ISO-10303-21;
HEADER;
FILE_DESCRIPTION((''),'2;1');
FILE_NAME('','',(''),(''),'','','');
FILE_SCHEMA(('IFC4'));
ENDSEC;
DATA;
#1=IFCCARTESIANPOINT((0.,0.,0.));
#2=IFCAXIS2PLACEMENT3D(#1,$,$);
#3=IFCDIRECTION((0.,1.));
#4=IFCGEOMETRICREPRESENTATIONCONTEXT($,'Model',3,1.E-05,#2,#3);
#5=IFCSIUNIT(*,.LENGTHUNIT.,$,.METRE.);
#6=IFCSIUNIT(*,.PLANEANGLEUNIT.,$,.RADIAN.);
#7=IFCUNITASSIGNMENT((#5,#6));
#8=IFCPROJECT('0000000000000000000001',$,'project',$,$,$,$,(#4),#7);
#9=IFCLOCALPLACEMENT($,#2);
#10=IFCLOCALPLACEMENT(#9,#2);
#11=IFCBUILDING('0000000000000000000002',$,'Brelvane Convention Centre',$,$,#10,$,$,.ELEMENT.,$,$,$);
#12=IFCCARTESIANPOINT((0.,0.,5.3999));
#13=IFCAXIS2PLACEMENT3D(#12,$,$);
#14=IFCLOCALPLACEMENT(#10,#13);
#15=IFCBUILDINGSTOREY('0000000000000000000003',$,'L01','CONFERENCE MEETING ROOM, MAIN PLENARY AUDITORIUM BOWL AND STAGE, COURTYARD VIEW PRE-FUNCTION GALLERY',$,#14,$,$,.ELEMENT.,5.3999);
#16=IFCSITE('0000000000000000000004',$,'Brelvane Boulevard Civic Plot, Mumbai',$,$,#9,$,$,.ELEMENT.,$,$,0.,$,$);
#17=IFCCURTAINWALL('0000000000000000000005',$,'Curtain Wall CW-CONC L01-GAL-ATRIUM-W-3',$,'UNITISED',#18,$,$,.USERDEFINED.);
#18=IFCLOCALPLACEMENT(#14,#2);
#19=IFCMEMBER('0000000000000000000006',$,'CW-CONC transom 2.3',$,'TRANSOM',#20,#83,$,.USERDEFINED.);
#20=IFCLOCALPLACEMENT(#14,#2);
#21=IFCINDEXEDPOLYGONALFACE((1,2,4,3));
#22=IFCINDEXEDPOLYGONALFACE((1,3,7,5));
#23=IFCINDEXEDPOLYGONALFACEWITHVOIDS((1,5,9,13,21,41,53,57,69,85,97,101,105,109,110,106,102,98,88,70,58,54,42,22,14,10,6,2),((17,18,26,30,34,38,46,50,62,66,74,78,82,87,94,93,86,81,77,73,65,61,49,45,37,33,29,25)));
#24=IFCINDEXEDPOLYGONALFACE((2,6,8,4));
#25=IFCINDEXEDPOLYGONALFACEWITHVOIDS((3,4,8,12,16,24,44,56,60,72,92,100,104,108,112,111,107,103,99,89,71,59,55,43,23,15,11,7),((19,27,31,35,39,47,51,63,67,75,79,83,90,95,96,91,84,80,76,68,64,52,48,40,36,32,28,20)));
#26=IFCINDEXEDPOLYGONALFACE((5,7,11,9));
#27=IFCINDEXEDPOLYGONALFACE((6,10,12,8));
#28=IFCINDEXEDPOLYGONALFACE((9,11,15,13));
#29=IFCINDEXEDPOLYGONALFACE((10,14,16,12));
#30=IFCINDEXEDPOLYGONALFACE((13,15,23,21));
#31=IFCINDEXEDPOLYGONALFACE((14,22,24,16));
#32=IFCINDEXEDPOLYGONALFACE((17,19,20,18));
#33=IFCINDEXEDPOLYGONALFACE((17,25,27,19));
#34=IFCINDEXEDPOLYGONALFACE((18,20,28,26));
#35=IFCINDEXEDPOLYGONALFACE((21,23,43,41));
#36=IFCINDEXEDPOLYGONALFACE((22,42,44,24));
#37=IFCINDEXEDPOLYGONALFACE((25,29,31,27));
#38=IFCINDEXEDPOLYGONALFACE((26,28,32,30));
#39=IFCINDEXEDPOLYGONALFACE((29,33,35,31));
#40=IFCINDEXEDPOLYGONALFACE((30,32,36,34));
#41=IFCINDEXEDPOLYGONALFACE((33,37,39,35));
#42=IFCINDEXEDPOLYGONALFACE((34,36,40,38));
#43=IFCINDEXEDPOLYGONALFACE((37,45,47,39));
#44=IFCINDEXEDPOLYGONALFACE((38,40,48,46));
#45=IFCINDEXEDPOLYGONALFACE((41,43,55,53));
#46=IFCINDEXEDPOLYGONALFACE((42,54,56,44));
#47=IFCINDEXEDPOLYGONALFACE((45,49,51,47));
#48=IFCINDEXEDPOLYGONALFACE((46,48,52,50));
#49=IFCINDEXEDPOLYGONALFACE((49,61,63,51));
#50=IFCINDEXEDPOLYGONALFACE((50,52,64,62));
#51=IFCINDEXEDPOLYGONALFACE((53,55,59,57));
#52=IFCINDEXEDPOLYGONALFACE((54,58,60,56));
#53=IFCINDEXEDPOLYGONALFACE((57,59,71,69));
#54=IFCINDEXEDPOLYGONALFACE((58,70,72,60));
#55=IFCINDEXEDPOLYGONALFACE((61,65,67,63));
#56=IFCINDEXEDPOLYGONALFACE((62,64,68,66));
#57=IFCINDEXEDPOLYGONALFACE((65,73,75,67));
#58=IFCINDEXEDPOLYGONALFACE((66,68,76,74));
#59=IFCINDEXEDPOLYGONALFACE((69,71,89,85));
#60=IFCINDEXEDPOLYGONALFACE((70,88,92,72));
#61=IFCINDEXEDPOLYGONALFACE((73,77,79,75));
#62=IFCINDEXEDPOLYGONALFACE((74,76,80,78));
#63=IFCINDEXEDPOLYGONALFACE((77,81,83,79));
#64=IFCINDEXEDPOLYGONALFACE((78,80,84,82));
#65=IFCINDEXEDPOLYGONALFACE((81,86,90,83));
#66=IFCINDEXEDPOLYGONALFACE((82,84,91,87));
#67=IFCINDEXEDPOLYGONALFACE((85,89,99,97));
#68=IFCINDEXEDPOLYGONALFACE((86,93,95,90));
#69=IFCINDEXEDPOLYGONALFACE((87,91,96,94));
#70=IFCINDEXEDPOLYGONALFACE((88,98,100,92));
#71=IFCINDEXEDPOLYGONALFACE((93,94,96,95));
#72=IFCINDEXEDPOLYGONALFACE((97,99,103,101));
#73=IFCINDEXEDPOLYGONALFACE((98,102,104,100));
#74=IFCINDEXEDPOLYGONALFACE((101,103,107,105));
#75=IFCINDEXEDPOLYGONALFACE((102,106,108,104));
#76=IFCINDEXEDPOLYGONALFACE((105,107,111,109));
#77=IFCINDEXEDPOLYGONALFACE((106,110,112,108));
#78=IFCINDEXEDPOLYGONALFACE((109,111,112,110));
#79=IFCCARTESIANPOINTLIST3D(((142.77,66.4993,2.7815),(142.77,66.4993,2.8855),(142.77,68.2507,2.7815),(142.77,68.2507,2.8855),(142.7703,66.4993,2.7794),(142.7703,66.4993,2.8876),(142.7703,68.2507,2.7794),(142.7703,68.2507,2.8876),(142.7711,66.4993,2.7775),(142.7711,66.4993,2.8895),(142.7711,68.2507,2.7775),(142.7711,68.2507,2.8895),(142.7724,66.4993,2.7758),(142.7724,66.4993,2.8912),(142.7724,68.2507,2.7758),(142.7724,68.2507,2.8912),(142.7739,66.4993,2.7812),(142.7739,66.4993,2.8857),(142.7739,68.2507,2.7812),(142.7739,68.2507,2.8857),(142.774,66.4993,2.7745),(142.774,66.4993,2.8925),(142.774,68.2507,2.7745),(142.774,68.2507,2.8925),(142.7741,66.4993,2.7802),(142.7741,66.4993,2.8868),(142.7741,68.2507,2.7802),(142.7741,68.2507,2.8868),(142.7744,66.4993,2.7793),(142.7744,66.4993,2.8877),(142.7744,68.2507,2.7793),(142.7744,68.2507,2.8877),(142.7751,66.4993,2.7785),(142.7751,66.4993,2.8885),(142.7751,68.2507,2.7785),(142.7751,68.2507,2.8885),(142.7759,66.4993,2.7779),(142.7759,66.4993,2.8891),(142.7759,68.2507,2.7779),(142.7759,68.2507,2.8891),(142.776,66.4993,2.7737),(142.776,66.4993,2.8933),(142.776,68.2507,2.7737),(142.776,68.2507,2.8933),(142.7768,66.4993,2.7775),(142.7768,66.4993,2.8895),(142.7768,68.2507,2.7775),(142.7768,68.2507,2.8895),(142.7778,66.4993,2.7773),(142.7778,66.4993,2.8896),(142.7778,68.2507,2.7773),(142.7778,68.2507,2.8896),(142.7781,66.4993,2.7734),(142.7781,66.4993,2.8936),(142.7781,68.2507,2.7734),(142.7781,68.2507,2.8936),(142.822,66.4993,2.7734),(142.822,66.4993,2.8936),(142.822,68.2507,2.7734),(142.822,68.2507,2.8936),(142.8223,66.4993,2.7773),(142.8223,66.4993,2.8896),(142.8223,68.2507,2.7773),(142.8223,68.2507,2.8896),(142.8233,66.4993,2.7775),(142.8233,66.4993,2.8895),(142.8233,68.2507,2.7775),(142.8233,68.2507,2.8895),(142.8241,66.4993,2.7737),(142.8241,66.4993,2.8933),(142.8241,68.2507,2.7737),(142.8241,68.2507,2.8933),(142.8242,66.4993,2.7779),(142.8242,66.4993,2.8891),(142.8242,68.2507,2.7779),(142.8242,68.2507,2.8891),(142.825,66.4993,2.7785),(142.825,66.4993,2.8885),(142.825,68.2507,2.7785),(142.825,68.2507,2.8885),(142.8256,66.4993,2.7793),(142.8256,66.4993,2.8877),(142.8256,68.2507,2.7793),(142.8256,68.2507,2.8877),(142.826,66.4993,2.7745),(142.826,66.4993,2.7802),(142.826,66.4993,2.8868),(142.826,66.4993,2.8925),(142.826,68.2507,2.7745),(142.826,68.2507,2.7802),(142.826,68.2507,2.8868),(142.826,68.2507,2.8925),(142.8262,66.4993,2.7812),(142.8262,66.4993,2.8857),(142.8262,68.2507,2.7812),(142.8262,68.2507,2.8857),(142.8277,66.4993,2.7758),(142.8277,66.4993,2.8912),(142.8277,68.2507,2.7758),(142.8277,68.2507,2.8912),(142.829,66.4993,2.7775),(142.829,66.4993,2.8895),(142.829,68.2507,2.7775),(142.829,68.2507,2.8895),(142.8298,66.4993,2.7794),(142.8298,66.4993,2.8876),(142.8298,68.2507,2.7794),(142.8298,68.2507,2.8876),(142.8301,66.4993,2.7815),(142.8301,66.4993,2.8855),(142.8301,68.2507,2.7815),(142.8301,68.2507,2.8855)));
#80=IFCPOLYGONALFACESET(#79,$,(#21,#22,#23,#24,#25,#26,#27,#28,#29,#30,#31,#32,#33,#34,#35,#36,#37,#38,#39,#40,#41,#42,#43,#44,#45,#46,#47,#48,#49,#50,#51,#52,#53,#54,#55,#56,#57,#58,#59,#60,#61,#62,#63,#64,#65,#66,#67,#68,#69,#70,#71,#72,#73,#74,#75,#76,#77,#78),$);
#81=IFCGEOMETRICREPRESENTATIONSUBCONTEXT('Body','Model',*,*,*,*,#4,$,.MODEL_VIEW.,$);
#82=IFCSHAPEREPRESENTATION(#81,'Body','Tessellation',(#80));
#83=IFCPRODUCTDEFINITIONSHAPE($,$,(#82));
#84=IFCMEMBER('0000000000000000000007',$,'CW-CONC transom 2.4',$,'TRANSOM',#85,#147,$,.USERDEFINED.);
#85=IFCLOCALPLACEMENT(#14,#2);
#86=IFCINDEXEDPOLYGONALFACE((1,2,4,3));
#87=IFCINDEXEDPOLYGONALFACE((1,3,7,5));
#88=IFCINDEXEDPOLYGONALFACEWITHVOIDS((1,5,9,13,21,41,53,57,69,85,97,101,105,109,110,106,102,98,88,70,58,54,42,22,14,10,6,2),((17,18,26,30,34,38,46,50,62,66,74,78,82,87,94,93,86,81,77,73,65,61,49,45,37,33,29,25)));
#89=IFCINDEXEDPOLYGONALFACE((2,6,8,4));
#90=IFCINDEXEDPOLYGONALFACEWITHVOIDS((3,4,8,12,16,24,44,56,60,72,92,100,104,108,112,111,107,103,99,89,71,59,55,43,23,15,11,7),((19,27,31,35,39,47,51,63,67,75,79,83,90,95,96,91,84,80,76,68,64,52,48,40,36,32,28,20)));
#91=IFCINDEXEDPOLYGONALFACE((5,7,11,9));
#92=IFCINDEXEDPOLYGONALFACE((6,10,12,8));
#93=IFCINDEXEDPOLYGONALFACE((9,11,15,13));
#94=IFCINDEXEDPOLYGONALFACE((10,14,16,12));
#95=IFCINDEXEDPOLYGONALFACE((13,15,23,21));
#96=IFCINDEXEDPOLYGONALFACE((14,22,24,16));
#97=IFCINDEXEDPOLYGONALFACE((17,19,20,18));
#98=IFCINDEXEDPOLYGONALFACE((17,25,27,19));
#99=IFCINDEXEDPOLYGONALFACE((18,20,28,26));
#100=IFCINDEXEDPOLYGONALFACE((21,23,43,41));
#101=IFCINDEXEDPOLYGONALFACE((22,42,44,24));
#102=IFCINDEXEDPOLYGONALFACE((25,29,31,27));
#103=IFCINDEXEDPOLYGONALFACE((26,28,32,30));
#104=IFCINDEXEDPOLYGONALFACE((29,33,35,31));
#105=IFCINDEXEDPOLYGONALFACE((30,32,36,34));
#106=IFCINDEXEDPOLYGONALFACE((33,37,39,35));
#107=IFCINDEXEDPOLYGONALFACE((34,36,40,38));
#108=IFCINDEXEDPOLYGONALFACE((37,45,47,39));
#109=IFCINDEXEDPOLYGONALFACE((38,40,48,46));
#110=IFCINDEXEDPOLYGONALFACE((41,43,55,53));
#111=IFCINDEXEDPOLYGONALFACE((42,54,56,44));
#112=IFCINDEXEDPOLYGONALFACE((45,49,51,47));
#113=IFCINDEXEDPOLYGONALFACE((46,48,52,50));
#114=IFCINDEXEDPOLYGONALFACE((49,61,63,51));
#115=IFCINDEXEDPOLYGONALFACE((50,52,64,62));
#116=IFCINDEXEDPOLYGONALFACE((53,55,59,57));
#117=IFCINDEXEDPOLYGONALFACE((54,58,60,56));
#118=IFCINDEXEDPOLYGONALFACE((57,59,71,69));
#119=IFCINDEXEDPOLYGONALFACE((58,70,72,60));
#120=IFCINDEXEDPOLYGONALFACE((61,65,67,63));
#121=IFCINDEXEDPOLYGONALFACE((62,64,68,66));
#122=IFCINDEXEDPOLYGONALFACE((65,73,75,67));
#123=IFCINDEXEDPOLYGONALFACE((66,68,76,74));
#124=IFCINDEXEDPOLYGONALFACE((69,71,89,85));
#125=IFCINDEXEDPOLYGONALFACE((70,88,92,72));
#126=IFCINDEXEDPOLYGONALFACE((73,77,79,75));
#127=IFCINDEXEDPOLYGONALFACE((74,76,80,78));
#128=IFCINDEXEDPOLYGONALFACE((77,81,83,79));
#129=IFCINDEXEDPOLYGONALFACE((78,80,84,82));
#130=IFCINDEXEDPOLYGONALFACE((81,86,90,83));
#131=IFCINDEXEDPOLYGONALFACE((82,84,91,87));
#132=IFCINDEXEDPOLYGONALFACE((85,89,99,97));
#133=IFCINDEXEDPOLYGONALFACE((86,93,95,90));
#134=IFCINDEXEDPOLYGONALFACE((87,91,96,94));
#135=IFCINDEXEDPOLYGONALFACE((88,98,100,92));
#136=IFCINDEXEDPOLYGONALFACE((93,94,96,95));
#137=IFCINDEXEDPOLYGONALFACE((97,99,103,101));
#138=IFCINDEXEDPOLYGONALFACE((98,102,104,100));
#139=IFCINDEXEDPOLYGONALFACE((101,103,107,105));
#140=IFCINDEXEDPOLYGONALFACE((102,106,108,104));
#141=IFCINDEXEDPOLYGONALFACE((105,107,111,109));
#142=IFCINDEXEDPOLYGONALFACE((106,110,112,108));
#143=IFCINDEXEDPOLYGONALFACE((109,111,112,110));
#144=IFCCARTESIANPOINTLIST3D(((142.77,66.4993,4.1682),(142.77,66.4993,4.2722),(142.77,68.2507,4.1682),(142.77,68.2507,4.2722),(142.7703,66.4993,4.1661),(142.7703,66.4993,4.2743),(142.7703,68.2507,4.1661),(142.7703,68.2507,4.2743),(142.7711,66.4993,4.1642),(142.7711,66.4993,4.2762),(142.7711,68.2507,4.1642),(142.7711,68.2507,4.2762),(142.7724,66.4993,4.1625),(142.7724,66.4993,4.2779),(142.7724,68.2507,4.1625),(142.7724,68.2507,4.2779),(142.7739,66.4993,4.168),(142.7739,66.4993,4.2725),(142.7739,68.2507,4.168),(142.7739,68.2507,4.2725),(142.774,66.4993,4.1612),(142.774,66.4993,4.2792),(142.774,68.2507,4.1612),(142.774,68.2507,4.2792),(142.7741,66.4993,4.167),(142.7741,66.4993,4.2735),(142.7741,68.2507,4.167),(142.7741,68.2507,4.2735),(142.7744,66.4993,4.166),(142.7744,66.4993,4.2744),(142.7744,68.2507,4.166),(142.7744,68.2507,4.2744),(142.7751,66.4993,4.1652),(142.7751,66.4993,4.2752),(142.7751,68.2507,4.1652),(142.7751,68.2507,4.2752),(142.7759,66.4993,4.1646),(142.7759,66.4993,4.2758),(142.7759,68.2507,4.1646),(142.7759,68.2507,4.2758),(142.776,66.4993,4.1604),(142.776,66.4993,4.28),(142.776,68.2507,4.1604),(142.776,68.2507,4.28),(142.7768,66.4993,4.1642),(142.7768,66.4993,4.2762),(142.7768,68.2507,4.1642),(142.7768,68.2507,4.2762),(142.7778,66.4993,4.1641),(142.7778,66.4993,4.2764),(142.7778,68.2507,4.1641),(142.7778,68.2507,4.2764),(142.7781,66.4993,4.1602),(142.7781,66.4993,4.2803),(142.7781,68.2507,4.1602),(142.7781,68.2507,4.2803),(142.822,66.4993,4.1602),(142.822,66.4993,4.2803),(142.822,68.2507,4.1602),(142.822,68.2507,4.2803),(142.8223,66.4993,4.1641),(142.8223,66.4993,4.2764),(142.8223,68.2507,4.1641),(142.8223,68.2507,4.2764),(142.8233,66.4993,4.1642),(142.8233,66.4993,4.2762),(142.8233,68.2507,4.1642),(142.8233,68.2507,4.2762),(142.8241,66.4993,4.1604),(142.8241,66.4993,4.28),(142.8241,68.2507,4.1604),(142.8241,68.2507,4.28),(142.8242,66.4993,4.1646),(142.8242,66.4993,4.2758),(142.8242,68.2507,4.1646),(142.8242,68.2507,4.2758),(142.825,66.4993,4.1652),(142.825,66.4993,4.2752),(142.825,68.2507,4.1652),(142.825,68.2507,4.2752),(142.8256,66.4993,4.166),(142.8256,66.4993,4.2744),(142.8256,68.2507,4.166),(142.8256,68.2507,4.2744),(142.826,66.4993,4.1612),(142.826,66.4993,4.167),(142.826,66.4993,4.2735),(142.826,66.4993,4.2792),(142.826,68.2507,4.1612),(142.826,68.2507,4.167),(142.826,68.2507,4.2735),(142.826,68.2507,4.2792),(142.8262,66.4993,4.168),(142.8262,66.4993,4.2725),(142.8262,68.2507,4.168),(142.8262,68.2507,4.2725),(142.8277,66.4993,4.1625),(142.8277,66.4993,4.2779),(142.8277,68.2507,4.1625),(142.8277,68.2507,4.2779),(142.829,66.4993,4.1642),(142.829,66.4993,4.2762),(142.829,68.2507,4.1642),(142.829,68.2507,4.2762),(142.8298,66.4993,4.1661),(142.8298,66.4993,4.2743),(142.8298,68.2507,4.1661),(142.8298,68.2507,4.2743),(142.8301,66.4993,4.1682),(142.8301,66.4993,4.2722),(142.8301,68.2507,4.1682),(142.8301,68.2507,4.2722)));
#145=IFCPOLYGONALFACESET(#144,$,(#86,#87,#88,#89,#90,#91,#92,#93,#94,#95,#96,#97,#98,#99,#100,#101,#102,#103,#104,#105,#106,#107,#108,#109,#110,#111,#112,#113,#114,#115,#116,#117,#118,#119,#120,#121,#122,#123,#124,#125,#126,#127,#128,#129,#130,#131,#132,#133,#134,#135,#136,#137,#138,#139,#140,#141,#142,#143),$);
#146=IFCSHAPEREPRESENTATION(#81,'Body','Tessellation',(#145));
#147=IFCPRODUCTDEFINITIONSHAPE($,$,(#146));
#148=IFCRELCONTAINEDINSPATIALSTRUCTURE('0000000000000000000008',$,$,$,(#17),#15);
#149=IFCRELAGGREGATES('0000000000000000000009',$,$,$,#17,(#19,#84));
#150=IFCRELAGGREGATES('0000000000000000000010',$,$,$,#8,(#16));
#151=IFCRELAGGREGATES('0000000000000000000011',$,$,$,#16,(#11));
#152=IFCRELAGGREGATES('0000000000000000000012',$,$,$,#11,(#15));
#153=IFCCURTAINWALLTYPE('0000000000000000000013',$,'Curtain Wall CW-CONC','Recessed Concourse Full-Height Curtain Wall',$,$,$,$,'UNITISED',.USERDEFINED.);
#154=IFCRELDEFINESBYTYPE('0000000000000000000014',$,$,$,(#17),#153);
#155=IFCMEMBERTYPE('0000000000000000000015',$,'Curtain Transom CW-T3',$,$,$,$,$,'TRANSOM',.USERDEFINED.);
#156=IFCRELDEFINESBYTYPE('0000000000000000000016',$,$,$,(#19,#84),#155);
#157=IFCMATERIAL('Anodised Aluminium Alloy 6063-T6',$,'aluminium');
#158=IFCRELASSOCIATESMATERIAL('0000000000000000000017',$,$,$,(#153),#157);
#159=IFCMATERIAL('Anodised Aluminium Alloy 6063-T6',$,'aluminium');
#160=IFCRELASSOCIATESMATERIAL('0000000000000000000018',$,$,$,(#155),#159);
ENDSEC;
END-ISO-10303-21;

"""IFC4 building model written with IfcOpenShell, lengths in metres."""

from ifc_helpers import new_model, si_unit, direction, frame, origin, origin_2d, place, context, subcontext, project, spatial, hollow_rectangle, extrude, material, material_profile, profile_set, type_object, element, aggregate, save


model = new_model("IFC4")

# Units and contexts
model_context = context("Model", 3, precision=1e-05, world=origin(), true_north=direction((0.0, 1.0)))
body_context = subcontext(model_context, "Body", "Model", "MODEL_VIEW")
ifc_project = project(units=[si_unit("LENGTHUNIT", "METRE"), si_unit("PLANEANGLEUNIT", "RADIAN")], contexts=[model_context])

# Site, building, storey
site_placement = place(None, origin())
site = spatial("IfcSite", under=ifc_project, at=site_placement, Name="Brelvane Boulevard Civic Plot, Mumbai", CompositionType="ELEMENT", RefElevation=0.0)
building_placement = place(site_placement, origin())
building = spatial("IfcBuilding", under=site, at=building_placement, Name="Brelvane Convention Centre", CompositionType="ELEMENT")
storey_placement = place(building_placement, frame((0.0, 0.0, 5.3999)))
storey = spatial("IfcBuildingStorey", under=building, at=storey_placement, Name="L01", Description="CONFERENCE MEETING ROOM, MAIN PLENARY AUDITORIUM BOWL AND STAGE, COURTYARD VIEW PRE-FUNCTION GALLERY", CompositionType="ELEMENT", Elevation=5.3999)

# Curtain wall, members
ifc_material_1 = material(Name="Anodised Aluminium Alloy 6063-T6", Category="aluminium")
curtain_wall_type = type_object("IfcCurtainWallType", Name="Curtain Wall CW-CONC", Description="Recessed Concourse Full-Height Curtain Wall", ElementType="UNITISED", PredefinedType="USERDEFINED", material=ifc_material_1)
curtain_wall_placement = place(storey_placement, origin())
curtain_wall = element("IfcCurtainWall", 1, at=curtain_wall_placement, inside=storey, type_object=curtain_wall_type, Name="Curtain Wall CW-CONC L01-GAL-ATRIUM-W-3", ObjectType="UNITISED", PredefinedType="USERDEFINED")
ifc_material_2 = material(Name="Anodised Aluminium Alloy 6063-T6", Category="aluminium")
ifc_material_profile_1 = material_profile(ifc_material_2, hollow_rectangle(XDim=0.0601, YDim=0.1201, WallThickness=0.0039, InnerFilletRadius=0.0039, OuterFilletRadius=0.0081, at=origin_2d()), Name="ALU-T 120x60x4.0")
ifc_profile_set_1 = profile_set([ifc_material_profile_1], Name="Anodised Aluminium Alloy 6063-T6")
member_type_1 = type_object("IfcMemberType", Name="Curtain Transom CW-T3", ElementType="TRANSOM", PredefinedType="USERDEFINED", material=ifc_profile_set_1)
member_1_placement = place(storey_placement, frame((142.8, 66.4993, 2.8335), z_axis=(0.0, 1.0, 0.0), x_axis=(-1.0, 0.0, 0.0)))
member_1 = element("IfcMember", 2, at=member_1_placement, type_object=member_type_1, Name="CW-CONC transom 2.3", ObjectType="TRANSOM", PredefinedType="USERDEFINED", context=body_context, shape_type="SweptSolid", body=[
    extrude(hollow_rectangle(XDim=0.0601, YDim=0.1201, WallThickness=0.0039, InnerFilletRadius=0.0039, OuterFilletRadius=0.0081, at=origin_2d()), origin(), (0.0, 0.0, 1.0), 1.7515),
])
member_2_placement = place(storey_placement, frame((142.8, 66.4993, 4.2202), z_axis=(0.0, 1.0, 0.0), x_axis=(-1.0, 0.0, 0.0)))
member_2 = element("IfcMember", 3, at=member_2_placement, type_object=member_type_1, Name="CW-CONC transom 2.4", ObjectType="TRANSOM", PredefinedType="USERDEFINED", context=body_context, shape_type="SweptSolid", body=[
    extrude(hollow_rectangle(XDim=0.0601, YDim=0.1201, WallThickness=0.0039, InnerFilletRadius=0.0039, OuterFilletRadius=0.0081, at=origin_2d()), origin(), (0.0, 0.0, 1.0), 1.7515),
])

aggregate(curtain_wall, [member_1, member_2])

save(model, "model.ifc")
